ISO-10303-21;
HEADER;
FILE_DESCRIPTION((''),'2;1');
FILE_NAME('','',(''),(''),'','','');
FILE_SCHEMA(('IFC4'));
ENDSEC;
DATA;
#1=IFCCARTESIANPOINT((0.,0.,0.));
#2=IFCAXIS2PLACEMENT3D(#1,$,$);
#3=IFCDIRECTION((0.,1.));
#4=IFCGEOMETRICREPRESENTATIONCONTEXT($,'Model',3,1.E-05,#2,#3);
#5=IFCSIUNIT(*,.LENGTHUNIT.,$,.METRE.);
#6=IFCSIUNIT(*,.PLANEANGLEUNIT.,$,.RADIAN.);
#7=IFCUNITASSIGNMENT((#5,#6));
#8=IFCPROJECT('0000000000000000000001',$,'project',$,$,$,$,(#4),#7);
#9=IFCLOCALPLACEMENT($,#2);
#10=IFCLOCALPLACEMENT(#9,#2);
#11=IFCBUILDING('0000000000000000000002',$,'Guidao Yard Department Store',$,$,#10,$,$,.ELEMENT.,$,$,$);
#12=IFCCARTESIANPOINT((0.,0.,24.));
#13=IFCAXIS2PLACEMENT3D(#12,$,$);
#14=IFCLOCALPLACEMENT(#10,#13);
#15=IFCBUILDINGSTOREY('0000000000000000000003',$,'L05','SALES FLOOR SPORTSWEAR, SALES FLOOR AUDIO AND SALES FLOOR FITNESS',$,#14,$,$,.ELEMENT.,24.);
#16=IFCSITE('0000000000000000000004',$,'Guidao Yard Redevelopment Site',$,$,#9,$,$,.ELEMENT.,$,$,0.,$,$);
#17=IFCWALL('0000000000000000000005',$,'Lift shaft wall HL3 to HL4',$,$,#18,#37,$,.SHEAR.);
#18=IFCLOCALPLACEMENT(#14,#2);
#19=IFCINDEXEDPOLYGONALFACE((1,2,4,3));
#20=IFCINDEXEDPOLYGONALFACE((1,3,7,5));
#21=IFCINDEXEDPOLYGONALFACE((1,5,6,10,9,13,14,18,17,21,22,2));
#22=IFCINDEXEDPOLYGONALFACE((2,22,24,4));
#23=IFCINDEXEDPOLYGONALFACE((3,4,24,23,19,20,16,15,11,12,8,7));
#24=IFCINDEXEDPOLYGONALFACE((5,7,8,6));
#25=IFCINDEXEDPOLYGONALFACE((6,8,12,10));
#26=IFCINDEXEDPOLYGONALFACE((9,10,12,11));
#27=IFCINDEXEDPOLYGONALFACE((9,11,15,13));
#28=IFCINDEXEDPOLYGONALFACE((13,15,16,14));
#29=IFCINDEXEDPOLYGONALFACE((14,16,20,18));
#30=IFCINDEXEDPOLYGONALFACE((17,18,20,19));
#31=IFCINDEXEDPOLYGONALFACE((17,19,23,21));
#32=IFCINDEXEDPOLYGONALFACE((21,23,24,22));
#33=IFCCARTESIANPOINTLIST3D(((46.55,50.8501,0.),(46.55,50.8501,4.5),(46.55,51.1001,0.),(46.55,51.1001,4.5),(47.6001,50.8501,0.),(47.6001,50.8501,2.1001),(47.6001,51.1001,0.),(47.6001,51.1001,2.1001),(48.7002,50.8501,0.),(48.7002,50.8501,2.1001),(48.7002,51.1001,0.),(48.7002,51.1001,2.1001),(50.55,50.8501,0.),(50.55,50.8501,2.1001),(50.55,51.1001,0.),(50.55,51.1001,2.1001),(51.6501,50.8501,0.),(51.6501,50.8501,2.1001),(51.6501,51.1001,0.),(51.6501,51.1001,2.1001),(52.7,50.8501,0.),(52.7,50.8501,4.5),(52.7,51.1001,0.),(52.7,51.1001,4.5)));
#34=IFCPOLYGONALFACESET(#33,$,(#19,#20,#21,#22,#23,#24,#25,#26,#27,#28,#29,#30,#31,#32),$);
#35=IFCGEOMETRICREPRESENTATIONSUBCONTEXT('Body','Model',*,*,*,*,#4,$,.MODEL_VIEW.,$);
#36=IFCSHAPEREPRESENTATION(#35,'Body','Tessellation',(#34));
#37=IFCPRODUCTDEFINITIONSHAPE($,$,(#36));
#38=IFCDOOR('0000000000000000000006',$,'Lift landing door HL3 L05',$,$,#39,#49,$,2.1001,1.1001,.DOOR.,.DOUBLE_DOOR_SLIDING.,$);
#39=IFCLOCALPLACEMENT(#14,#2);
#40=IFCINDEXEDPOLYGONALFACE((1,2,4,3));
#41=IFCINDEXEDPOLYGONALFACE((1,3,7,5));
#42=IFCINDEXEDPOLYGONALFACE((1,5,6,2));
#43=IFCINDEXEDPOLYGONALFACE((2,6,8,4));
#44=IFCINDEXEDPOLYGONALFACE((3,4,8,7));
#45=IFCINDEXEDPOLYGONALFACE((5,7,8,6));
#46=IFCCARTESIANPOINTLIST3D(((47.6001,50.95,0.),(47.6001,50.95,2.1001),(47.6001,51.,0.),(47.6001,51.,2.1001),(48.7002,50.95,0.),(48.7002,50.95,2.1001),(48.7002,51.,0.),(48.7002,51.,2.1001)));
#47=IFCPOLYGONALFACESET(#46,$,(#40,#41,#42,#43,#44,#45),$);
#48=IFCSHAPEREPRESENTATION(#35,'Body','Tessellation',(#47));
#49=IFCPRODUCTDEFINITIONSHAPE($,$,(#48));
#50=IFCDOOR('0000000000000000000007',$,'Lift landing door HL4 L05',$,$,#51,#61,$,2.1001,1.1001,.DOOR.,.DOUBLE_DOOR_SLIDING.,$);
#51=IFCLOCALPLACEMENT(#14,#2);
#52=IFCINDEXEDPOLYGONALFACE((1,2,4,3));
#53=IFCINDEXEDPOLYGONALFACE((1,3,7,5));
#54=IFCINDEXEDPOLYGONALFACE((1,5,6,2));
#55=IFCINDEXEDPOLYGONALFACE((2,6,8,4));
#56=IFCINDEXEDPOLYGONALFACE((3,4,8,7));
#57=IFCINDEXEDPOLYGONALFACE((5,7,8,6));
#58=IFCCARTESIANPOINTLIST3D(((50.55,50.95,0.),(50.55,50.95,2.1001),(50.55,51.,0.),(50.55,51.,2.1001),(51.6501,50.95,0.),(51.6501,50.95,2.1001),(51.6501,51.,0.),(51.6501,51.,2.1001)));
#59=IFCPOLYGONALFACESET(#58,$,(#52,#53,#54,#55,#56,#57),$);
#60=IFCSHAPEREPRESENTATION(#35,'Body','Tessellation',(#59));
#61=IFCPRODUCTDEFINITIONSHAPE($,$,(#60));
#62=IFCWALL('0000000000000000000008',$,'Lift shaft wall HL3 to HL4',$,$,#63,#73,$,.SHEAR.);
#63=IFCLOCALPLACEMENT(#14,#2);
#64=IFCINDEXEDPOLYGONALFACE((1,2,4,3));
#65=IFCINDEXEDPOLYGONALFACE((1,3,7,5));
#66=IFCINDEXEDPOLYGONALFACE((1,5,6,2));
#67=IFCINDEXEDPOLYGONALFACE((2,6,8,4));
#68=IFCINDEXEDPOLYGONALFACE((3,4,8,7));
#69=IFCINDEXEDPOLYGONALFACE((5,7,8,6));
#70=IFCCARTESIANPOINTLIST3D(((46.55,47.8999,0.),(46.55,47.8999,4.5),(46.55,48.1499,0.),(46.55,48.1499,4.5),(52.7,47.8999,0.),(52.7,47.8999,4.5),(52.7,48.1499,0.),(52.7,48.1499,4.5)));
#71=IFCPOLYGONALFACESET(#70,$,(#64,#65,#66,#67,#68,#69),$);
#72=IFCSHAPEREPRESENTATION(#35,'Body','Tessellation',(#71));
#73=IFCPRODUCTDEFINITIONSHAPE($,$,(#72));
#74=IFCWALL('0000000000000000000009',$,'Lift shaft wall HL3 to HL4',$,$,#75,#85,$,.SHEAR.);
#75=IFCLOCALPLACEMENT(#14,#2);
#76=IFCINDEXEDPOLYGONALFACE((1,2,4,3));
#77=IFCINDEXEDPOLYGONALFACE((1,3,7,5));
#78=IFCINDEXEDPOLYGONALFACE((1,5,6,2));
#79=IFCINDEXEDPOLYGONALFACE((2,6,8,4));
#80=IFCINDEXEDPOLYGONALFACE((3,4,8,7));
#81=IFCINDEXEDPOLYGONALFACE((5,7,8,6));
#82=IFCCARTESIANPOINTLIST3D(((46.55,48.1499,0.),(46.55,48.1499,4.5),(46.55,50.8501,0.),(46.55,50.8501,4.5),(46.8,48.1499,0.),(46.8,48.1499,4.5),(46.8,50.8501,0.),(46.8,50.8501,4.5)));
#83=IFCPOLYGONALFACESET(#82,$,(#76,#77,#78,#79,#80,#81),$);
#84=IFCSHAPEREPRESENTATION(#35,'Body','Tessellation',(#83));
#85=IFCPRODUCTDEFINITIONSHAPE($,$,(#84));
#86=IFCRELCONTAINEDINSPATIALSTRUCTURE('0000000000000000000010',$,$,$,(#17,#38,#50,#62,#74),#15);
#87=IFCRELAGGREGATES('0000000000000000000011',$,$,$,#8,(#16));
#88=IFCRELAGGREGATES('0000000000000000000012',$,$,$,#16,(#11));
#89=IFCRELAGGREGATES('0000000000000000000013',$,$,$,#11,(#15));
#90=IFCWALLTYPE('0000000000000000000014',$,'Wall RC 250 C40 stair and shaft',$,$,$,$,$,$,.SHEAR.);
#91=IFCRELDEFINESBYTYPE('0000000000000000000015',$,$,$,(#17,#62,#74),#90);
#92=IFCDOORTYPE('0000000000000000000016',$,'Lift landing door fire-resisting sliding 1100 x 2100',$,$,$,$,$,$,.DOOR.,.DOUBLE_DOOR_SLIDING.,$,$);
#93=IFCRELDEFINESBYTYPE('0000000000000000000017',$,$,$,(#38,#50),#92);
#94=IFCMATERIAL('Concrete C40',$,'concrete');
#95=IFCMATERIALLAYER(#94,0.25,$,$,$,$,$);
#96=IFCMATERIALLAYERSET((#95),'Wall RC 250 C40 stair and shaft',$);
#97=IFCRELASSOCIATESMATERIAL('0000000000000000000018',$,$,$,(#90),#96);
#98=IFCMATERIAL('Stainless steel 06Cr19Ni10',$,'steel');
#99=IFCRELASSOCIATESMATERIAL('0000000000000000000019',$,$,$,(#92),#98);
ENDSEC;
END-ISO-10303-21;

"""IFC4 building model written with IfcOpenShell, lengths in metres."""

from ifc_helpers import new_model, si_unit, direction, frame, frame_2d, origin, place, context, subcontext, project, spatial, rectangle, extrude, material, layer, layer_set, type_object, element, fill, save


model = new_model("IFC4")

# Units and contexts
model_context = context("Model", 3, precision=1e-05, world=origin(), true_north=direction((0.0, 1.0)))
body_context = subcontext(model_context, "Body", "Model", "MODEL_VIEW")
ifc_project = project(units=[si_unit("LENGTHUNIT", "METRE"), si_unit("PLANEANGLEUNIT", "RADIAN")], contexts=[model_context])

# Site, building, storey
site_placement = place(None, origin())
site = spatial("IfcSite", under=ifc_project, at=site_placement, Name="Guidao Yard Redevelopment Site", CompositionType="ELEMENT", RefElevation=0.0)
building_placement = place(site_placement, origin())
building = spatial("IfcBuilding", under=site, at=building_placement, Name="Guidao Yard Department Store", CompositionType="ELEMENT")
storey_placement = place(building_placement, frame((0.0, 0.0, 24.0)))
storey = spatial("IfcBuildingStorey", under=building, at=storey_placement, Name="L05", Description="SALES FLOOR SPORTSWEAR, SALES FLOOR AUDIO AND SALES FLOOR FITNESS", CompositionType="ELEMENT", Elevation=24.0)

# Wall, openings, doors
ifc_material_1 = material(Name="Concrete C40", Category="concrete")
ifc_layer_1 = layer(ifc_material_1, 0.25)
ifc_layer_set_1 = layer_set([ifc_layer_1], Name="Wall RC 250 C40 stair and shaft")
wall_type_1 = type_object("IfcWallType", Name="Wall RC 250 C40 stair and shaft", PredefinedType="SHEAR", material=ifc_layer_set_1)
wall_1_placement = place(storey_placement, frame((46.55, 50.9751, 0.0), z_axis=(0.0, 0.0, 1.0), x_axis=(1.0, 0.0, 0.0)))
wall_1 = element("IfcWall", 1, at=wall_1_placement, inside=storey, type_object=wall_type_1, Name="Lift shaft wall HL3 to HL4", PredefinedType="SHEAR", context=body_context, shape_type="SweptSolid", body=[
    extrude(rectangle(XDim=6.1499, YDim=0.25, at=frame_2d((3.075, 0.0))), origin(), (0.0, 0.0, 1.0), 4.5),
])
opening_1_placement = place(wall_1_placement, frame((1.05, 0.0, 0.0)))
opening_1 = element("IfcOpeningElement", 2, at=opening_1_placement, cuts=wall_1, PredefinedType="OPENING", context=body_context, shape_type="SweptSolid", body=[
    extrude(rectangle(XDim=1.1001, YDim=2.1001, at=frame_2d((0.55, 1.05))), frame((0.0, 0.135, 0.0), z_axis=(0.0, -1.0, 0.0), x_axis=(1.0, 0.0, 0.0)), (0.0, 0.0, 1.0), 0.27),
])
opening_2_placement = place(wall_1_placement, frame((4.0, 0.0, 0.0)))
opening_2 = element("IfcOpeningElement", 3, at=opening_2_placement, cuts=wall_1, PredefinedType="OPENING", context=body_context, shape_type="SweptSolid", body=[
    extrude(rectangle(XDim=1.1001, YDim=2.1001, at=frame_2d((0.55, 1.05))), frame((0.0, 0.135, 0.0), z_axis=(0.0, -1.0, 0.0), x_axis=(1.0, 0.0, 0.0)), (0.0, 0.0, 1.0), 0.27),
])
ifc_material_2 = material(Name="Stainless steel 06Cr19Ni10", Category="steel")
door_type = type_object("IfcDoorType", Name="Lift landing door fire-resisting sliding 1100 x 2100", OperationType="DOUBLE_DOOR_SLIDING", PredefinedType="DOOR", material=ifc_material_2)
door_1_placement = place(opening_1_placement, origin())
door_1 = element("IfcDoor", 4, at=door_1_placement, inside=storey, type_object=door_type, Name="Lift landing door HL3 L05", OperationType="DOUBLE_DOOR_SLIDING", OverallHeight=2.1001, OverallWidth=1.1001, PredefinedType="DOOR", context=body_context, shape_type="SweptSolid", body=[
    extrude(rectangle(XDim=1.1001, YDim=2.1001, at=frame_2d((0.55, 1.05))), frame((0.0, 0.0249, 0.0), z_axis=(0.0, -1.0, 0.0), x_axis=(1.0, 0.0, 0.0)), (0.0, 0.0, 1.0), 0.05),
])
fill(opening_1, door_1)
door_2_placement = place(opening_2_placement, origin())
door_2 = element("IfcDoor", 5, at=door_2_placement, inside=storey, type_object=door_type, Name="Lift landing door HL4 L05", OperationType="DOUBLE_DOOR_SLIDING", OverallHeight=2.1001, OverallWidth=1.1001, PredefinedType="DOOR", context=body_context, shape_type="SweptSolid", body=[
    extrude(rectangle(XDim=1.1001, YDim=2.1001, at=frame_2d((0.55, 1.05))), frame((0.0, 0.0249, 0.0), z_axis=(0.0, -1.0, 0.0), x_axis=(1.0, 0.0, 0.0)), (0.0, 0.0, 1.0), 0.05),
])
fill(opening_2, door_2)

# Walls
wall_2_placement = place(storey_placement, frame((46.55, 48.0249, 0.0), z_axis=(0.0, 0.0, 1.0), x_axis=(1.0, 0.0, 0.0)))
element("IfcWall", 6, at=wall_2_placement, inside=storey, type_object=wall_type_1, Name="Lift shaft wall HL3 to HL4", PredefinedType="SHEAR", context=body_context, shape_type="SweptSolid", body=[
    extrude(rectangle(XDim=6.1499, YDim=0.25, at=frame_2d((3.075, 0.0))), origin(), (0.0, 0.0, 1.0), 4.5),
])
wall_3_placement = place(storey_placement, frame((46.675, 48.1499, 0.0), z_axis=(0.0, 0.0, 1.0), x_axis=(0.0, 1.0, 0.0)))
element("IfcWall", 7, at=wall_3_placement, inside=storey, type_object=wall_type_1, Name="Lift shaft wall HL3 to HL4", PredefinedType="SHEAR", context=body_context, shape_type="SweptSolid", body=[
    extrude(rectangle(XDim=2.7002, YDim=0.25, at=frame_2d((1.3501, 0.0))), origin(), (0.0, 0.0, 1.0), 4.5),
])

save(model, "model.ifc")
